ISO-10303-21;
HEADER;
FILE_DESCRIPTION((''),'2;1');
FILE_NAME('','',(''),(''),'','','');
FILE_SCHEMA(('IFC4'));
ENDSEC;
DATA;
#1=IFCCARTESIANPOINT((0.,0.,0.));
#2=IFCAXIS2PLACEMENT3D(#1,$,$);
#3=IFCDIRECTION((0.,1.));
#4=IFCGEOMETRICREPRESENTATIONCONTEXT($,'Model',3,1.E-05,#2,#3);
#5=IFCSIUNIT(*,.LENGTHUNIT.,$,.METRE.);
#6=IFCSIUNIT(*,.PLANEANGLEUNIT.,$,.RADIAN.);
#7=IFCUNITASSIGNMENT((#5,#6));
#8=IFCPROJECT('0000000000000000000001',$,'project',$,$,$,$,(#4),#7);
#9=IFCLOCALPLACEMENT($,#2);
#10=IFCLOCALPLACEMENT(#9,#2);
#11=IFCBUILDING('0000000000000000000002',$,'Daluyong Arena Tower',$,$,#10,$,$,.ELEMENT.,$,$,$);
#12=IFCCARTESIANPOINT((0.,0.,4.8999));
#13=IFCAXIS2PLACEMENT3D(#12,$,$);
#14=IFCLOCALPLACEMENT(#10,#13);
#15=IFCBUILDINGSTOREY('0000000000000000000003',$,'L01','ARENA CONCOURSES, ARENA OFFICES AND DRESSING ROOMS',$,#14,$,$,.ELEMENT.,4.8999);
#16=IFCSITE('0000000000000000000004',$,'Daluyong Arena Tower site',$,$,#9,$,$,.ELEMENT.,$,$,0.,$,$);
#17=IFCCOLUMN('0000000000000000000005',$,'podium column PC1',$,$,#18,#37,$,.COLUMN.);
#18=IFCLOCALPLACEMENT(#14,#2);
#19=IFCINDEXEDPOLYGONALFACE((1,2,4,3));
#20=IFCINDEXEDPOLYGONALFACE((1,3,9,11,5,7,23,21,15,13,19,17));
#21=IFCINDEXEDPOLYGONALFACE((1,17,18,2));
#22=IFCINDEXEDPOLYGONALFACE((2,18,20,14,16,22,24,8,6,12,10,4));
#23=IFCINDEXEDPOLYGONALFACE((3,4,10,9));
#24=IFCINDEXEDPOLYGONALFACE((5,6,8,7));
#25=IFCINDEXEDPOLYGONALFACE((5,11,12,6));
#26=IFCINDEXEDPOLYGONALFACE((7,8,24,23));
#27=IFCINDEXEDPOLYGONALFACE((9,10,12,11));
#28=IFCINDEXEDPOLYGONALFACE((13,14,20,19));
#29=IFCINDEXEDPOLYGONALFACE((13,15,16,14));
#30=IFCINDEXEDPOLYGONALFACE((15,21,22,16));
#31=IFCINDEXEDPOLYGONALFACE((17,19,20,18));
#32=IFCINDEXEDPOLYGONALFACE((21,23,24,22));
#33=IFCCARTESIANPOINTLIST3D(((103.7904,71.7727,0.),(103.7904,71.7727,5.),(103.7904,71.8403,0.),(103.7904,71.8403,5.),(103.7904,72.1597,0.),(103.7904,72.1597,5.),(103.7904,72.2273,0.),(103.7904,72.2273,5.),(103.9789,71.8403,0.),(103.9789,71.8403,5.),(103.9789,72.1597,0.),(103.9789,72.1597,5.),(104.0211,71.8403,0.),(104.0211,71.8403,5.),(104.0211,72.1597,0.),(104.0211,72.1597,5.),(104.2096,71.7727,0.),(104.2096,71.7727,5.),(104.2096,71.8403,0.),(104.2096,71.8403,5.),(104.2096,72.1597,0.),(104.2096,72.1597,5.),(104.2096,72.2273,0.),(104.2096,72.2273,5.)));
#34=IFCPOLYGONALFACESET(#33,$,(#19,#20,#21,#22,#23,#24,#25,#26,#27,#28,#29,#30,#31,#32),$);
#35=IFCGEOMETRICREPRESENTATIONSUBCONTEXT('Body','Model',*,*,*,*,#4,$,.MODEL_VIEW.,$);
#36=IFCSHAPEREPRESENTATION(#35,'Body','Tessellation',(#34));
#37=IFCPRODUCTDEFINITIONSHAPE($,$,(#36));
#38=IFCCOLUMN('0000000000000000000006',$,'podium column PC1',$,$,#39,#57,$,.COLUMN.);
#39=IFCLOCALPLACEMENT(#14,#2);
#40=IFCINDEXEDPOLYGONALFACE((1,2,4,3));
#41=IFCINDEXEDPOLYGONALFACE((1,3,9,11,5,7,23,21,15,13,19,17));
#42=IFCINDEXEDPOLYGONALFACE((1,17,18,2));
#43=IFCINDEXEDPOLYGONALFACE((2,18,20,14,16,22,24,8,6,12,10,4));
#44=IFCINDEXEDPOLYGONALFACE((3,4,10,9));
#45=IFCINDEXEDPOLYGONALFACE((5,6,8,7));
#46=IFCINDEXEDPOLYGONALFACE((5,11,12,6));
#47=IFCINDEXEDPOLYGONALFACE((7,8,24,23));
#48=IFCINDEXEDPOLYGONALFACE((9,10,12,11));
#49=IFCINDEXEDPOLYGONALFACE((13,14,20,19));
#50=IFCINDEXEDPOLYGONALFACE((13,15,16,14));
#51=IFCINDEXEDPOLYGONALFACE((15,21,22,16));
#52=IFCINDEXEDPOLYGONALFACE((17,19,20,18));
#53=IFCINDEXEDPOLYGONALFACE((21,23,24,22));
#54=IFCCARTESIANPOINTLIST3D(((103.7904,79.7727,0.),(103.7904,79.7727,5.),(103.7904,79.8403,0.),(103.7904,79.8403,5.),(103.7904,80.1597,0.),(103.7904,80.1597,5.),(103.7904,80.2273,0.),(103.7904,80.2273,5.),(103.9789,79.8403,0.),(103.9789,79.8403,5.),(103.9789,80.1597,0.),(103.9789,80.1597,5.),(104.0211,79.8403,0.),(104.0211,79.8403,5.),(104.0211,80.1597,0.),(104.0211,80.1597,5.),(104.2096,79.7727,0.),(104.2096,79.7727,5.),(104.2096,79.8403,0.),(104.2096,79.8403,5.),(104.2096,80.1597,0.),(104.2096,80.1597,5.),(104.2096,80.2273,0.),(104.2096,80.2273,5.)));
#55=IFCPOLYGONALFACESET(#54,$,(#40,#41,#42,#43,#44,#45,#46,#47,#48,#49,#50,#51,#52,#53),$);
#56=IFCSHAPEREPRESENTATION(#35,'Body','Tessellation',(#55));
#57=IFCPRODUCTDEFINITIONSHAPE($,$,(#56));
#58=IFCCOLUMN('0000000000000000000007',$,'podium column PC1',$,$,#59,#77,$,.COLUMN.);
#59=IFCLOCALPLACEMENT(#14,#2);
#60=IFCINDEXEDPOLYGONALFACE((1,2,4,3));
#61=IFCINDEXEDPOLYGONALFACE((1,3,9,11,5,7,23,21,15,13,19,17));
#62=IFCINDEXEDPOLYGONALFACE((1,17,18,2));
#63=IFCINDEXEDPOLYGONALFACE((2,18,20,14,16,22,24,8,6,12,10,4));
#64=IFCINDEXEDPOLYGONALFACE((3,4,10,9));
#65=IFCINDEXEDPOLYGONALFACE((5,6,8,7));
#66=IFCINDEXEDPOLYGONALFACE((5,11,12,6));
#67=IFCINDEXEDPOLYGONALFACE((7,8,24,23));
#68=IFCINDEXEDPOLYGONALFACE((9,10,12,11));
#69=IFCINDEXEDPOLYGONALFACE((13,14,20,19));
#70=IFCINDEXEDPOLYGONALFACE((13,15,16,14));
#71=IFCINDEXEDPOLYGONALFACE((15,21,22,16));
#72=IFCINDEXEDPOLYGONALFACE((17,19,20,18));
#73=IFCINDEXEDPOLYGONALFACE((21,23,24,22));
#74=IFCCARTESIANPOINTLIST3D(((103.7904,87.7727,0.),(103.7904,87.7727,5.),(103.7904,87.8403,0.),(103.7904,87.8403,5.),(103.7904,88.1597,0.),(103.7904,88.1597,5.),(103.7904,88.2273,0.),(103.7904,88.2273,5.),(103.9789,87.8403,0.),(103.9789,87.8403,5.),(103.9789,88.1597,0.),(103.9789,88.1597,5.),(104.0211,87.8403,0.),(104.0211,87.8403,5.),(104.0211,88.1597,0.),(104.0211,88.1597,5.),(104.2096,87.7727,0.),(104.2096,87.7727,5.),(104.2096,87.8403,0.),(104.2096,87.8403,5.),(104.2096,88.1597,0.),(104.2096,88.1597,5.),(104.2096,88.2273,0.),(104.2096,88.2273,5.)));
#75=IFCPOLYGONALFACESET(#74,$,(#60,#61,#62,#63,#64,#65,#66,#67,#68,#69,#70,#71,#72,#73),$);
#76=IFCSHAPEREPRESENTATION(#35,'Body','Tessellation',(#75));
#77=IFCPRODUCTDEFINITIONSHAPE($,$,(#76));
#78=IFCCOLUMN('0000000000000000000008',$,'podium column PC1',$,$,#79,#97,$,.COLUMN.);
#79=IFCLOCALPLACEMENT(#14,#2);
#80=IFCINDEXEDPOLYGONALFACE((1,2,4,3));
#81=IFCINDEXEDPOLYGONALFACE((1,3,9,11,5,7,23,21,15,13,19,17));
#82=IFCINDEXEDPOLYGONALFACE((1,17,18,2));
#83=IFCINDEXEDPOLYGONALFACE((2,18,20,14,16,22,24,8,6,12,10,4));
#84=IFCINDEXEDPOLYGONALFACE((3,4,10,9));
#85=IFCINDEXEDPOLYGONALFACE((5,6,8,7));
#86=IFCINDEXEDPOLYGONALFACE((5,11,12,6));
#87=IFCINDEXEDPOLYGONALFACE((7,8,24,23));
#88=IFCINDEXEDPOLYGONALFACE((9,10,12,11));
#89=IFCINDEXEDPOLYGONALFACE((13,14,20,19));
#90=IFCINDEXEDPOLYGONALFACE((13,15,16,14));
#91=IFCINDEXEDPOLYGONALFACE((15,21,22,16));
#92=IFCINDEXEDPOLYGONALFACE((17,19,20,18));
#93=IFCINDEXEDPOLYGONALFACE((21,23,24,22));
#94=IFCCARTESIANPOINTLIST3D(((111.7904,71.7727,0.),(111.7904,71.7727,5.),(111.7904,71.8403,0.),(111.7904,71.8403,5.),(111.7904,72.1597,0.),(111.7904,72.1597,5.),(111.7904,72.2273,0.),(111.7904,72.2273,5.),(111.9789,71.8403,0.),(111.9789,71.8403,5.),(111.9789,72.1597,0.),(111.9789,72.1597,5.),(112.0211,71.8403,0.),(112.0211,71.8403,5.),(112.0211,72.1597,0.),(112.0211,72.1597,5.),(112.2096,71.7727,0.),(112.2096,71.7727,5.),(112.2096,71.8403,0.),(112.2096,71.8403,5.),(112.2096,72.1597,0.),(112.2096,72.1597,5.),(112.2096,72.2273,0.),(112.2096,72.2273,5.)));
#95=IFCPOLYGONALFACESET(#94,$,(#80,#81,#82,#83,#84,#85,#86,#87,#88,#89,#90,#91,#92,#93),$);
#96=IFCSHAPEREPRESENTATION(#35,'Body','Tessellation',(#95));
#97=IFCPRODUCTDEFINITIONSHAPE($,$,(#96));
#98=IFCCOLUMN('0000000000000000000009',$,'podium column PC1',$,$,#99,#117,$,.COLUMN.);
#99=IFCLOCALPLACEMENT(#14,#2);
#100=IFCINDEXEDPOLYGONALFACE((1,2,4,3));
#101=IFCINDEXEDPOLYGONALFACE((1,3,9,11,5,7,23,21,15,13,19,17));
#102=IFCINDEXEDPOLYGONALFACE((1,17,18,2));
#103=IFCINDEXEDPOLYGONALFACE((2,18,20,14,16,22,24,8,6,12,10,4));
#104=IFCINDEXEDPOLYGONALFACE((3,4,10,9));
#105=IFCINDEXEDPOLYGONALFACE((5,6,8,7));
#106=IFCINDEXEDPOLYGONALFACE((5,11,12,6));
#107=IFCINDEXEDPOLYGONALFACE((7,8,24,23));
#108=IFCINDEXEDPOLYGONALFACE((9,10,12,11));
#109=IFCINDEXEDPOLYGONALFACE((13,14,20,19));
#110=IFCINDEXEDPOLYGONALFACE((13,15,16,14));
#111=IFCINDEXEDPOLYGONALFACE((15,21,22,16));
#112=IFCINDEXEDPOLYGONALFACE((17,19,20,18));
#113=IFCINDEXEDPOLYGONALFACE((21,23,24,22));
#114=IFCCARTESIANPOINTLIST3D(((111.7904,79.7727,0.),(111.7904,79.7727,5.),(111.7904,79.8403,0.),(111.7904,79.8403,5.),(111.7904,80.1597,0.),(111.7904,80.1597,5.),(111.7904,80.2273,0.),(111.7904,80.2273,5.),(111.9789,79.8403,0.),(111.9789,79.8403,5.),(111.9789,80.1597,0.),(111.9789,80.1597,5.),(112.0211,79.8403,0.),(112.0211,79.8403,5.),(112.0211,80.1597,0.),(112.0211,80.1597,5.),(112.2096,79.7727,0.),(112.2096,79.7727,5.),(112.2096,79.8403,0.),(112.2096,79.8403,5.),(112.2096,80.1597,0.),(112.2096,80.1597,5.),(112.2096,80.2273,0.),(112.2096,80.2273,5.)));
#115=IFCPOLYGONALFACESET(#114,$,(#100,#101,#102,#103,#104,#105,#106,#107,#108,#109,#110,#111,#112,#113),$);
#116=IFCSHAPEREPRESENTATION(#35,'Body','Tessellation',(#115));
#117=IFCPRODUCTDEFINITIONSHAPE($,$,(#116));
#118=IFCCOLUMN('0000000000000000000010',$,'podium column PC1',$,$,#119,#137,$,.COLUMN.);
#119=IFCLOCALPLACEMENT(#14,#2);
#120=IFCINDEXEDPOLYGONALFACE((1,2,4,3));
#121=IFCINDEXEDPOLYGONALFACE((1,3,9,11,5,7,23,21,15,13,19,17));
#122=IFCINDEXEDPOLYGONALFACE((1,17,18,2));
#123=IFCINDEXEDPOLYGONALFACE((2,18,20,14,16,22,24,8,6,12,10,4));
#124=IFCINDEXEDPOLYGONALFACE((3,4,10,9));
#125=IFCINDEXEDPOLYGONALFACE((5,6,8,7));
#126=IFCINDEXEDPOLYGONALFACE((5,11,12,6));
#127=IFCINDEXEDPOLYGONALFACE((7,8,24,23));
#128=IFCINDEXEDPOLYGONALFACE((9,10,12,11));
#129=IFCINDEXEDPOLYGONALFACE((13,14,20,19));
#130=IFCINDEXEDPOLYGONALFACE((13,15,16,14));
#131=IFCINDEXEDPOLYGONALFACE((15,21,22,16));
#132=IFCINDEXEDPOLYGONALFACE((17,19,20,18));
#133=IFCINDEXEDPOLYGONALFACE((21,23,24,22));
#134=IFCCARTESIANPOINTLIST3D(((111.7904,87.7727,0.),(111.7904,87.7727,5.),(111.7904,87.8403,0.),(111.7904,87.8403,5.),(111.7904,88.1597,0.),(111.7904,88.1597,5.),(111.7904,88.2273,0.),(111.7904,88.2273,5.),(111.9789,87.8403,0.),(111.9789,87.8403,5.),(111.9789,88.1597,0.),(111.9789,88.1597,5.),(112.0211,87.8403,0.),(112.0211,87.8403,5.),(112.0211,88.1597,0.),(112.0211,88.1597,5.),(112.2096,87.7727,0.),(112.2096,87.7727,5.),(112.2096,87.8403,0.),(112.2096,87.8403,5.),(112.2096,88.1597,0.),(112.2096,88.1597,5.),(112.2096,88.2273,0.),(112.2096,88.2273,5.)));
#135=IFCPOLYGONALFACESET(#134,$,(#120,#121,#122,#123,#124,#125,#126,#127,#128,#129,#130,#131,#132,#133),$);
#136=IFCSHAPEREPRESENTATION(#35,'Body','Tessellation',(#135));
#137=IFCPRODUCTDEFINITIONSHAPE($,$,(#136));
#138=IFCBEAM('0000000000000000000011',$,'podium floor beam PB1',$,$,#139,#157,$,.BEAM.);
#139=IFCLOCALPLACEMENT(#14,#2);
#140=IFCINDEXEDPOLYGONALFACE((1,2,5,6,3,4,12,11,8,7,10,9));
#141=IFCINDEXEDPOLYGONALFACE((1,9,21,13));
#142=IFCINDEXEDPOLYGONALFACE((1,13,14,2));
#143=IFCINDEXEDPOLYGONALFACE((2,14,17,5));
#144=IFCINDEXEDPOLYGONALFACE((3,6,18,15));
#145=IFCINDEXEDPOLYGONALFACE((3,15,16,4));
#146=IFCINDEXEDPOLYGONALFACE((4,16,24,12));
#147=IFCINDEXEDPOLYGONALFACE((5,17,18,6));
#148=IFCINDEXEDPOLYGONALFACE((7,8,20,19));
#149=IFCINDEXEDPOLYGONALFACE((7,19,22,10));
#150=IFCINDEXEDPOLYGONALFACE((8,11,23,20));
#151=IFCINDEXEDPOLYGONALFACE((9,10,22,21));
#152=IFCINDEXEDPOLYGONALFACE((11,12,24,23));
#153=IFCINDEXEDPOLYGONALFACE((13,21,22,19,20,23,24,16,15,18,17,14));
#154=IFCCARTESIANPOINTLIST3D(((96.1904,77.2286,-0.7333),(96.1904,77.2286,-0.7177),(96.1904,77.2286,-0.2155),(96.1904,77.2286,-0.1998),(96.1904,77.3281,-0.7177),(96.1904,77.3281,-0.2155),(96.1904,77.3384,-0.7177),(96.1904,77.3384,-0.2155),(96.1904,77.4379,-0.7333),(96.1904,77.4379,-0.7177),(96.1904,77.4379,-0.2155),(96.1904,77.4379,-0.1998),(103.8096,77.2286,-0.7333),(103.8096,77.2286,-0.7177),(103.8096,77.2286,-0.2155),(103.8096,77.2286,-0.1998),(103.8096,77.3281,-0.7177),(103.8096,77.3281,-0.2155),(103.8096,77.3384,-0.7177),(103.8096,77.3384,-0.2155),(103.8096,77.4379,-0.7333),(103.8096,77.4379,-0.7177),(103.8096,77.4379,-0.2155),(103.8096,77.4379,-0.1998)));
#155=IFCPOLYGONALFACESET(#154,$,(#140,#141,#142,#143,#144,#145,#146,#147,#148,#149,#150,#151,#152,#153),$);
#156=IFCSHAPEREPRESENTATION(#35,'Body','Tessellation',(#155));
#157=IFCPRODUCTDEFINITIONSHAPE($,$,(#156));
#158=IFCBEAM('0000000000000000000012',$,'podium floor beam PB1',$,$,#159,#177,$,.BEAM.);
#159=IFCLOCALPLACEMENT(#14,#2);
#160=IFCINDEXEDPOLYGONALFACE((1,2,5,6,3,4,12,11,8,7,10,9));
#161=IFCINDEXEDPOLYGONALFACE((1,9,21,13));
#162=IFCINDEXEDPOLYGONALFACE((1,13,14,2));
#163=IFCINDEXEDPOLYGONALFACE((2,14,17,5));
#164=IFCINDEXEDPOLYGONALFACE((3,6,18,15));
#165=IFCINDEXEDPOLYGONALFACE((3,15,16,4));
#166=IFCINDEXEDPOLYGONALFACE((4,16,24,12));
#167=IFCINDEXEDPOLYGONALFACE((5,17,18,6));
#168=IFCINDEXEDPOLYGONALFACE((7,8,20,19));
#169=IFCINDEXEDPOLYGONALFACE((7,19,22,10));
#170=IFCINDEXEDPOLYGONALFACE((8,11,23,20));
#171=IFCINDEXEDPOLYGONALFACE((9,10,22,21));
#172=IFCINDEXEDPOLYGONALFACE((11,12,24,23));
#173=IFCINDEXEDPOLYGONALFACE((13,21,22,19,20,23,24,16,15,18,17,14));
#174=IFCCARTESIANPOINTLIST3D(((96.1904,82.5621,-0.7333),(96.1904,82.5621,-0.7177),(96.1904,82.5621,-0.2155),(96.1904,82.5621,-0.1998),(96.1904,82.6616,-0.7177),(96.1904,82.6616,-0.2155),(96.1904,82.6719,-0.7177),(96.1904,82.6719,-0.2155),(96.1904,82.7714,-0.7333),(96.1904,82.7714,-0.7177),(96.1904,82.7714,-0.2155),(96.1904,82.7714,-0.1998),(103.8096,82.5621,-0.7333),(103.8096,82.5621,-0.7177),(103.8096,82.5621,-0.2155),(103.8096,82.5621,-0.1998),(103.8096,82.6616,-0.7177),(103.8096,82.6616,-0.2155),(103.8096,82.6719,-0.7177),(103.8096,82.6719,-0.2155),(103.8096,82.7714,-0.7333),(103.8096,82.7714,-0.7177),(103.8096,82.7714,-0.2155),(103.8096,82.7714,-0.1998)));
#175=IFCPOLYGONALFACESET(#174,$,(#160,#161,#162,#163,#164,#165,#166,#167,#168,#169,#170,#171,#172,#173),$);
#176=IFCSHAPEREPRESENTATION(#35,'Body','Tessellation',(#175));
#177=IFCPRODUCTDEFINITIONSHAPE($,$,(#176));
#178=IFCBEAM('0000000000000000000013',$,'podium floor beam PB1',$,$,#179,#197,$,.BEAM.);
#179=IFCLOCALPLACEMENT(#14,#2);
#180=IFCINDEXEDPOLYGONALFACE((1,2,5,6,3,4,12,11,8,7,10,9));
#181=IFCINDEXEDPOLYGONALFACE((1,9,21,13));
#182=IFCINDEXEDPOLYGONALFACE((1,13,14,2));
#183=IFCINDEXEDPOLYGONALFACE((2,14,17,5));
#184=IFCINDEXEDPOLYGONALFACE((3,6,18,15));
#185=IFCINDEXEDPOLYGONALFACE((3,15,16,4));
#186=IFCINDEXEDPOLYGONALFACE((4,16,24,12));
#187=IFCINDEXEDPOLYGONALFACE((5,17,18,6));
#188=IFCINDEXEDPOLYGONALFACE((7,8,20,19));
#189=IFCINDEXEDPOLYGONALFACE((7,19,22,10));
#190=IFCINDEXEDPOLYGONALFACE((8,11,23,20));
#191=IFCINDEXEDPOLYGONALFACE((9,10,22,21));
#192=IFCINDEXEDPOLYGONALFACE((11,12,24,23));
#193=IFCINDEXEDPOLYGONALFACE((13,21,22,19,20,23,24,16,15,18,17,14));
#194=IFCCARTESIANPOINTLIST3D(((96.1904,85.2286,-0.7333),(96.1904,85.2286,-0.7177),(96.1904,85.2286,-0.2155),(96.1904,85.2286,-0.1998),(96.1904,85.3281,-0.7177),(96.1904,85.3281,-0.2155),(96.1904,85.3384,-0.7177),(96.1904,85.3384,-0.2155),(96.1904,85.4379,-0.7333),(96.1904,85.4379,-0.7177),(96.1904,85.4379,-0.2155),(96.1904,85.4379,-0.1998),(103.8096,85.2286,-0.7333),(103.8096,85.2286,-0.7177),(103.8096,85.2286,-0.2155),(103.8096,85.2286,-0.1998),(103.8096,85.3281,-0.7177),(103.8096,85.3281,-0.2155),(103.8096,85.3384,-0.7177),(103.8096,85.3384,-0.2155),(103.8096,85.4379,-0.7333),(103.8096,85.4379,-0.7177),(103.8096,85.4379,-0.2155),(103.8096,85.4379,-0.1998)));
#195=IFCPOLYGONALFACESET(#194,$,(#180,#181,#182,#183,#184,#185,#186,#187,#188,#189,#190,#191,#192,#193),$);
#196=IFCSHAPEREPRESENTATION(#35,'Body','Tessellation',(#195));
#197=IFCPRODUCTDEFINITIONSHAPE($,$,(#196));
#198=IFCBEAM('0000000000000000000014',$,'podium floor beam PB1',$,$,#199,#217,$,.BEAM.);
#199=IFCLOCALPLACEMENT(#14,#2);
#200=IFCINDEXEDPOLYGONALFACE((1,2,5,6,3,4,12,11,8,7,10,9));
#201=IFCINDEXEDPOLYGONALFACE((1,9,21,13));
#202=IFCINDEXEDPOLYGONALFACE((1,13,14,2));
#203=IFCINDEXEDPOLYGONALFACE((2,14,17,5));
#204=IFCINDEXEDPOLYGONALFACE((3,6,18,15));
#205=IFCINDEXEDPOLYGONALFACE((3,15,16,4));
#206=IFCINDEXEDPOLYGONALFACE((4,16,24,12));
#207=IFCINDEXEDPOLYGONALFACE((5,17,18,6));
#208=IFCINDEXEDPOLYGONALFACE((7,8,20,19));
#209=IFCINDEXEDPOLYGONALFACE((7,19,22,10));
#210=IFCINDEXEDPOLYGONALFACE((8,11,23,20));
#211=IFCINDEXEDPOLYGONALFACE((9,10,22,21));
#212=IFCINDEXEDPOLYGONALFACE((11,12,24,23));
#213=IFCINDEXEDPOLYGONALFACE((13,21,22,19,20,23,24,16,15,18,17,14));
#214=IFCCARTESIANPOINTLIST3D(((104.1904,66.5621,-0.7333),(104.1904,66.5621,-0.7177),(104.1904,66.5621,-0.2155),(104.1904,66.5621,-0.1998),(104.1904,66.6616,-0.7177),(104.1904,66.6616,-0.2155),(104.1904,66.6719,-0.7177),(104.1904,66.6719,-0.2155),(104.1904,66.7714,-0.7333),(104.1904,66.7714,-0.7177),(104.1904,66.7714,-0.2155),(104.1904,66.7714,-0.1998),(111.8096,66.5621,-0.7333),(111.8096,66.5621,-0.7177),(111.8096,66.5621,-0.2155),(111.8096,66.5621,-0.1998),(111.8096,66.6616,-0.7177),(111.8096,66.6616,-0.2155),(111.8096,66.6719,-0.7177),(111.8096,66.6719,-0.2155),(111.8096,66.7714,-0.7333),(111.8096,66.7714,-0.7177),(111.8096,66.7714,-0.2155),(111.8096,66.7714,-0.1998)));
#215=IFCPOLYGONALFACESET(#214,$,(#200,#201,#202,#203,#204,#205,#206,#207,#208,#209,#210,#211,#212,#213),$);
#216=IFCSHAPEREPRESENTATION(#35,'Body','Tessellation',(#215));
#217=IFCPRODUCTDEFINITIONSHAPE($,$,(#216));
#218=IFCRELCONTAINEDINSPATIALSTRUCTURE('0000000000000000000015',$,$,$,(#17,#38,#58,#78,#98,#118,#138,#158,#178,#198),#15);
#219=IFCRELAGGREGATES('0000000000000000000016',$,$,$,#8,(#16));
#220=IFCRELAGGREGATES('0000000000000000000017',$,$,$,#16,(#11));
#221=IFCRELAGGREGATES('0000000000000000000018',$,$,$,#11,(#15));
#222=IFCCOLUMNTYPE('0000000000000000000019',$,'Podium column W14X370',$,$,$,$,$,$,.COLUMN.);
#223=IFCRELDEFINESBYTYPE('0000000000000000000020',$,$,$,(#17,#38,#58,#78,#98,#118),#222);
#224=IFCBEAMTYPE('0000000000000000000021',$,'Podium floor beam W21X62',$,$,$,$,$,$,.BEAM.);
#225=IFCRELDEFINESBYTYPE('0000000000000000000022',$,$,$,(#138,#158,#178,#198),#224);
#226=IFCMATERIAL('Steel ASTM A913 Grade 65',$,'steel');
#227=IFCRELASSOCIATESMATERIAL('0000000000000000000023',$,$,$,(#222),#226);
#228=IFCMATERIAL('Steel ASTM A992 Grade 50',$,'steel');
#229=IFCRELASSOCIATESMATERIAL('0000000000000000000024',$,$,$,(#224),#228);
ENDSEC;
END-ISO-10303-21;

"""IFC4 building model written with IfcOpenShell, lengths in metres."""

from ifc_helpers import new_model, si_unit, direction, frame, origin, origin_2d, place, context, subcontext, project, spatial, i_section, extrude, material, material_profile, profile_set, type_object, element, save


model = new_model("IFC4")

# Units and contexts
model_context = context("Model", 3, precision=1e-05, world=origin(), true_north=direction((0.0, 1.0)))
body_context = subcontext(model_context, "Body", "Model", "MODEL_VIEW")
ifc_project = project(units=[si_unit("LENGTHUNIT", "METRE"), si_unit("PLANEANGLEUNIT", "RADIAN")], contexts=[model_context])

# Site, building, storey
site_placement = place(None, origin())
site = spatial("IfcSite", under=ifc_project, at=site_placement, Name="Daluyong Arena Tower site", CompositionType="ELEMENT", RefElevation=0.0)
building_placement = place(site_placement, origin())
building = spatial("IfcBuilding", under=site, at=building_placement, Name="Daluyong Arena Tower", CompositionType="ELEMENT")
storey_placement = place(building_placement, frame((0.0, 0.0, 4.8999)))
storey = spatial("IfcBuildingStorey", under=building, at=storey_placement, Name="L01", Description="ARENA CONCOURSES, ARENA OFFICES AND DRESSING ROOMS", CompositionType="ELEMENT", Elevation=4.8999)

# Columns
ifc_material_1 = material(Name="Steel ASTM A913 Grade 65", Category="steel")
ifc_material_profile_1 = material_profile(ifc_material_1, i_section(OverallWidth=0.4192, OverallDepth=0.4546, WebThickness=0.0422, FlangeThickness=0.0676, at=origin_2d()))
ifc_profile_set_1 = profile_set([ifc_material_profile_1], Name="Steel ASTM A913 Grade 65")
column_type = type_object("IfcColumnType", Name="Podium column W14X370", PredefinedType="COLUMN", material=ifc_profile_set_1)
for number, where, z_axis, x_axis, name in (
    (1, (104.0, 72.0, 0.0), (0.0, 0.0, 1.0), (1.0, 0.0, 0.0), "podium column PC1"),
    (2, (104.0, 80.0, 0.0), (0.0, 0.0, 1.0), (1.0, 0.0, 0.0), "podium column PC1"),
    (3, (104.0, 88.0, 0.0), (0.0, 0.0, 1.0), (1.0, 0.0, 0.0), "podium column PC1"),
    (4, (112.0, 72.0, 0.0), (0.0, 0.0, 1.0), (1.0, 0.0, 0.0), "podium column PC1"),
    (5, (112.0, 80.0, 0.0), (0.0, 0.0, 1.0), (1.0, 0.0, 0.0), "podium column PC1"),
    (6, (112.0, 88.0, 0.0), (0.0, 0.0, 1.0), (1.0, 0.0, 0.0), "podium column PC1"),
):
    element("IfcColumn", number, at=place(storey_placement, frame(where, z_axis=z_axis, x_axis=x_axis)), inside=storey, type_object=column_type, Name=name, PredefinedType="COLUMN", context=body_context, shape_type="SweptSolid", body=[
        extrude(i_section(OverallWidth=0.4192, OverallDepth=0.4546, WebThickness=0.0422, FlangeThickness=0.0676, at=origin_2d()), origin(), (0.0, 0.0, 1.0), 5.0),
    ])

# Beams
ifc_material_2 = material(Name="Steel ASTM A992 Grade 50", Category="steel")
ifc_material_profile_2 = material_profile(ifc_material_2, i_section(OverallWidth=0.2092, OverallDepth=0.5334, WebThickness=0.0103, FlangeThickness=0.0156, at=origin_2d()))
ifc_profile_set_2 = profile_set([ifc_material_profile_2], Name="Steel ASTM A992 Grade 50")
beam_type_1 = type_object("IfcBeamType", Name="Podium floor beam W21X62", PredefinedType="BEAM", material=ifc_profile_set_2)
for number, where, z_axis, x_axis, name in (
    (7, (96.1904, 77.3333, -0.4666), (1.0, 0.0, 0.0), (0.0, 1.0, 0.0), "podium floor beam PB1"),
    (8, (96.1904, 82.6667, -0.4666), (1.0, 0.0, 0.0), (0.0, 1.0, 0.0), "podium floor beam PB1"),
    (9, (96.1904, 85.3333, -0.4666), (1.0, 0.0, 0.0), (0.0, 1.0, 0.0), "podium floor beam PB1"),
    (10, (104.1904, 66.6667, -0.4666), (1.0, 0.0, 0.0), (0.0, 1.0, 0.0), "podium floor beam PB1"),
):
    element("IfcBeam", number, at=place(storey_placement, frame(where, z_axis=z_axis, x_axis=x_axis)), inside=storey, type_object=beam_type_1, Name=name, PredefinedType="BEAM", context=body_context, shape_type="SweptSolid", body=[
        extrude(i_section(OverallWidth=0.2092, OverallDepth=0.5334, WebThickness=0.0103, FlangeThickness=0.0156, at=origin_2d()), origin(), (0.0, 0.0, 1.0), 7.6191),
    ])

save(model, "model.ifc")
